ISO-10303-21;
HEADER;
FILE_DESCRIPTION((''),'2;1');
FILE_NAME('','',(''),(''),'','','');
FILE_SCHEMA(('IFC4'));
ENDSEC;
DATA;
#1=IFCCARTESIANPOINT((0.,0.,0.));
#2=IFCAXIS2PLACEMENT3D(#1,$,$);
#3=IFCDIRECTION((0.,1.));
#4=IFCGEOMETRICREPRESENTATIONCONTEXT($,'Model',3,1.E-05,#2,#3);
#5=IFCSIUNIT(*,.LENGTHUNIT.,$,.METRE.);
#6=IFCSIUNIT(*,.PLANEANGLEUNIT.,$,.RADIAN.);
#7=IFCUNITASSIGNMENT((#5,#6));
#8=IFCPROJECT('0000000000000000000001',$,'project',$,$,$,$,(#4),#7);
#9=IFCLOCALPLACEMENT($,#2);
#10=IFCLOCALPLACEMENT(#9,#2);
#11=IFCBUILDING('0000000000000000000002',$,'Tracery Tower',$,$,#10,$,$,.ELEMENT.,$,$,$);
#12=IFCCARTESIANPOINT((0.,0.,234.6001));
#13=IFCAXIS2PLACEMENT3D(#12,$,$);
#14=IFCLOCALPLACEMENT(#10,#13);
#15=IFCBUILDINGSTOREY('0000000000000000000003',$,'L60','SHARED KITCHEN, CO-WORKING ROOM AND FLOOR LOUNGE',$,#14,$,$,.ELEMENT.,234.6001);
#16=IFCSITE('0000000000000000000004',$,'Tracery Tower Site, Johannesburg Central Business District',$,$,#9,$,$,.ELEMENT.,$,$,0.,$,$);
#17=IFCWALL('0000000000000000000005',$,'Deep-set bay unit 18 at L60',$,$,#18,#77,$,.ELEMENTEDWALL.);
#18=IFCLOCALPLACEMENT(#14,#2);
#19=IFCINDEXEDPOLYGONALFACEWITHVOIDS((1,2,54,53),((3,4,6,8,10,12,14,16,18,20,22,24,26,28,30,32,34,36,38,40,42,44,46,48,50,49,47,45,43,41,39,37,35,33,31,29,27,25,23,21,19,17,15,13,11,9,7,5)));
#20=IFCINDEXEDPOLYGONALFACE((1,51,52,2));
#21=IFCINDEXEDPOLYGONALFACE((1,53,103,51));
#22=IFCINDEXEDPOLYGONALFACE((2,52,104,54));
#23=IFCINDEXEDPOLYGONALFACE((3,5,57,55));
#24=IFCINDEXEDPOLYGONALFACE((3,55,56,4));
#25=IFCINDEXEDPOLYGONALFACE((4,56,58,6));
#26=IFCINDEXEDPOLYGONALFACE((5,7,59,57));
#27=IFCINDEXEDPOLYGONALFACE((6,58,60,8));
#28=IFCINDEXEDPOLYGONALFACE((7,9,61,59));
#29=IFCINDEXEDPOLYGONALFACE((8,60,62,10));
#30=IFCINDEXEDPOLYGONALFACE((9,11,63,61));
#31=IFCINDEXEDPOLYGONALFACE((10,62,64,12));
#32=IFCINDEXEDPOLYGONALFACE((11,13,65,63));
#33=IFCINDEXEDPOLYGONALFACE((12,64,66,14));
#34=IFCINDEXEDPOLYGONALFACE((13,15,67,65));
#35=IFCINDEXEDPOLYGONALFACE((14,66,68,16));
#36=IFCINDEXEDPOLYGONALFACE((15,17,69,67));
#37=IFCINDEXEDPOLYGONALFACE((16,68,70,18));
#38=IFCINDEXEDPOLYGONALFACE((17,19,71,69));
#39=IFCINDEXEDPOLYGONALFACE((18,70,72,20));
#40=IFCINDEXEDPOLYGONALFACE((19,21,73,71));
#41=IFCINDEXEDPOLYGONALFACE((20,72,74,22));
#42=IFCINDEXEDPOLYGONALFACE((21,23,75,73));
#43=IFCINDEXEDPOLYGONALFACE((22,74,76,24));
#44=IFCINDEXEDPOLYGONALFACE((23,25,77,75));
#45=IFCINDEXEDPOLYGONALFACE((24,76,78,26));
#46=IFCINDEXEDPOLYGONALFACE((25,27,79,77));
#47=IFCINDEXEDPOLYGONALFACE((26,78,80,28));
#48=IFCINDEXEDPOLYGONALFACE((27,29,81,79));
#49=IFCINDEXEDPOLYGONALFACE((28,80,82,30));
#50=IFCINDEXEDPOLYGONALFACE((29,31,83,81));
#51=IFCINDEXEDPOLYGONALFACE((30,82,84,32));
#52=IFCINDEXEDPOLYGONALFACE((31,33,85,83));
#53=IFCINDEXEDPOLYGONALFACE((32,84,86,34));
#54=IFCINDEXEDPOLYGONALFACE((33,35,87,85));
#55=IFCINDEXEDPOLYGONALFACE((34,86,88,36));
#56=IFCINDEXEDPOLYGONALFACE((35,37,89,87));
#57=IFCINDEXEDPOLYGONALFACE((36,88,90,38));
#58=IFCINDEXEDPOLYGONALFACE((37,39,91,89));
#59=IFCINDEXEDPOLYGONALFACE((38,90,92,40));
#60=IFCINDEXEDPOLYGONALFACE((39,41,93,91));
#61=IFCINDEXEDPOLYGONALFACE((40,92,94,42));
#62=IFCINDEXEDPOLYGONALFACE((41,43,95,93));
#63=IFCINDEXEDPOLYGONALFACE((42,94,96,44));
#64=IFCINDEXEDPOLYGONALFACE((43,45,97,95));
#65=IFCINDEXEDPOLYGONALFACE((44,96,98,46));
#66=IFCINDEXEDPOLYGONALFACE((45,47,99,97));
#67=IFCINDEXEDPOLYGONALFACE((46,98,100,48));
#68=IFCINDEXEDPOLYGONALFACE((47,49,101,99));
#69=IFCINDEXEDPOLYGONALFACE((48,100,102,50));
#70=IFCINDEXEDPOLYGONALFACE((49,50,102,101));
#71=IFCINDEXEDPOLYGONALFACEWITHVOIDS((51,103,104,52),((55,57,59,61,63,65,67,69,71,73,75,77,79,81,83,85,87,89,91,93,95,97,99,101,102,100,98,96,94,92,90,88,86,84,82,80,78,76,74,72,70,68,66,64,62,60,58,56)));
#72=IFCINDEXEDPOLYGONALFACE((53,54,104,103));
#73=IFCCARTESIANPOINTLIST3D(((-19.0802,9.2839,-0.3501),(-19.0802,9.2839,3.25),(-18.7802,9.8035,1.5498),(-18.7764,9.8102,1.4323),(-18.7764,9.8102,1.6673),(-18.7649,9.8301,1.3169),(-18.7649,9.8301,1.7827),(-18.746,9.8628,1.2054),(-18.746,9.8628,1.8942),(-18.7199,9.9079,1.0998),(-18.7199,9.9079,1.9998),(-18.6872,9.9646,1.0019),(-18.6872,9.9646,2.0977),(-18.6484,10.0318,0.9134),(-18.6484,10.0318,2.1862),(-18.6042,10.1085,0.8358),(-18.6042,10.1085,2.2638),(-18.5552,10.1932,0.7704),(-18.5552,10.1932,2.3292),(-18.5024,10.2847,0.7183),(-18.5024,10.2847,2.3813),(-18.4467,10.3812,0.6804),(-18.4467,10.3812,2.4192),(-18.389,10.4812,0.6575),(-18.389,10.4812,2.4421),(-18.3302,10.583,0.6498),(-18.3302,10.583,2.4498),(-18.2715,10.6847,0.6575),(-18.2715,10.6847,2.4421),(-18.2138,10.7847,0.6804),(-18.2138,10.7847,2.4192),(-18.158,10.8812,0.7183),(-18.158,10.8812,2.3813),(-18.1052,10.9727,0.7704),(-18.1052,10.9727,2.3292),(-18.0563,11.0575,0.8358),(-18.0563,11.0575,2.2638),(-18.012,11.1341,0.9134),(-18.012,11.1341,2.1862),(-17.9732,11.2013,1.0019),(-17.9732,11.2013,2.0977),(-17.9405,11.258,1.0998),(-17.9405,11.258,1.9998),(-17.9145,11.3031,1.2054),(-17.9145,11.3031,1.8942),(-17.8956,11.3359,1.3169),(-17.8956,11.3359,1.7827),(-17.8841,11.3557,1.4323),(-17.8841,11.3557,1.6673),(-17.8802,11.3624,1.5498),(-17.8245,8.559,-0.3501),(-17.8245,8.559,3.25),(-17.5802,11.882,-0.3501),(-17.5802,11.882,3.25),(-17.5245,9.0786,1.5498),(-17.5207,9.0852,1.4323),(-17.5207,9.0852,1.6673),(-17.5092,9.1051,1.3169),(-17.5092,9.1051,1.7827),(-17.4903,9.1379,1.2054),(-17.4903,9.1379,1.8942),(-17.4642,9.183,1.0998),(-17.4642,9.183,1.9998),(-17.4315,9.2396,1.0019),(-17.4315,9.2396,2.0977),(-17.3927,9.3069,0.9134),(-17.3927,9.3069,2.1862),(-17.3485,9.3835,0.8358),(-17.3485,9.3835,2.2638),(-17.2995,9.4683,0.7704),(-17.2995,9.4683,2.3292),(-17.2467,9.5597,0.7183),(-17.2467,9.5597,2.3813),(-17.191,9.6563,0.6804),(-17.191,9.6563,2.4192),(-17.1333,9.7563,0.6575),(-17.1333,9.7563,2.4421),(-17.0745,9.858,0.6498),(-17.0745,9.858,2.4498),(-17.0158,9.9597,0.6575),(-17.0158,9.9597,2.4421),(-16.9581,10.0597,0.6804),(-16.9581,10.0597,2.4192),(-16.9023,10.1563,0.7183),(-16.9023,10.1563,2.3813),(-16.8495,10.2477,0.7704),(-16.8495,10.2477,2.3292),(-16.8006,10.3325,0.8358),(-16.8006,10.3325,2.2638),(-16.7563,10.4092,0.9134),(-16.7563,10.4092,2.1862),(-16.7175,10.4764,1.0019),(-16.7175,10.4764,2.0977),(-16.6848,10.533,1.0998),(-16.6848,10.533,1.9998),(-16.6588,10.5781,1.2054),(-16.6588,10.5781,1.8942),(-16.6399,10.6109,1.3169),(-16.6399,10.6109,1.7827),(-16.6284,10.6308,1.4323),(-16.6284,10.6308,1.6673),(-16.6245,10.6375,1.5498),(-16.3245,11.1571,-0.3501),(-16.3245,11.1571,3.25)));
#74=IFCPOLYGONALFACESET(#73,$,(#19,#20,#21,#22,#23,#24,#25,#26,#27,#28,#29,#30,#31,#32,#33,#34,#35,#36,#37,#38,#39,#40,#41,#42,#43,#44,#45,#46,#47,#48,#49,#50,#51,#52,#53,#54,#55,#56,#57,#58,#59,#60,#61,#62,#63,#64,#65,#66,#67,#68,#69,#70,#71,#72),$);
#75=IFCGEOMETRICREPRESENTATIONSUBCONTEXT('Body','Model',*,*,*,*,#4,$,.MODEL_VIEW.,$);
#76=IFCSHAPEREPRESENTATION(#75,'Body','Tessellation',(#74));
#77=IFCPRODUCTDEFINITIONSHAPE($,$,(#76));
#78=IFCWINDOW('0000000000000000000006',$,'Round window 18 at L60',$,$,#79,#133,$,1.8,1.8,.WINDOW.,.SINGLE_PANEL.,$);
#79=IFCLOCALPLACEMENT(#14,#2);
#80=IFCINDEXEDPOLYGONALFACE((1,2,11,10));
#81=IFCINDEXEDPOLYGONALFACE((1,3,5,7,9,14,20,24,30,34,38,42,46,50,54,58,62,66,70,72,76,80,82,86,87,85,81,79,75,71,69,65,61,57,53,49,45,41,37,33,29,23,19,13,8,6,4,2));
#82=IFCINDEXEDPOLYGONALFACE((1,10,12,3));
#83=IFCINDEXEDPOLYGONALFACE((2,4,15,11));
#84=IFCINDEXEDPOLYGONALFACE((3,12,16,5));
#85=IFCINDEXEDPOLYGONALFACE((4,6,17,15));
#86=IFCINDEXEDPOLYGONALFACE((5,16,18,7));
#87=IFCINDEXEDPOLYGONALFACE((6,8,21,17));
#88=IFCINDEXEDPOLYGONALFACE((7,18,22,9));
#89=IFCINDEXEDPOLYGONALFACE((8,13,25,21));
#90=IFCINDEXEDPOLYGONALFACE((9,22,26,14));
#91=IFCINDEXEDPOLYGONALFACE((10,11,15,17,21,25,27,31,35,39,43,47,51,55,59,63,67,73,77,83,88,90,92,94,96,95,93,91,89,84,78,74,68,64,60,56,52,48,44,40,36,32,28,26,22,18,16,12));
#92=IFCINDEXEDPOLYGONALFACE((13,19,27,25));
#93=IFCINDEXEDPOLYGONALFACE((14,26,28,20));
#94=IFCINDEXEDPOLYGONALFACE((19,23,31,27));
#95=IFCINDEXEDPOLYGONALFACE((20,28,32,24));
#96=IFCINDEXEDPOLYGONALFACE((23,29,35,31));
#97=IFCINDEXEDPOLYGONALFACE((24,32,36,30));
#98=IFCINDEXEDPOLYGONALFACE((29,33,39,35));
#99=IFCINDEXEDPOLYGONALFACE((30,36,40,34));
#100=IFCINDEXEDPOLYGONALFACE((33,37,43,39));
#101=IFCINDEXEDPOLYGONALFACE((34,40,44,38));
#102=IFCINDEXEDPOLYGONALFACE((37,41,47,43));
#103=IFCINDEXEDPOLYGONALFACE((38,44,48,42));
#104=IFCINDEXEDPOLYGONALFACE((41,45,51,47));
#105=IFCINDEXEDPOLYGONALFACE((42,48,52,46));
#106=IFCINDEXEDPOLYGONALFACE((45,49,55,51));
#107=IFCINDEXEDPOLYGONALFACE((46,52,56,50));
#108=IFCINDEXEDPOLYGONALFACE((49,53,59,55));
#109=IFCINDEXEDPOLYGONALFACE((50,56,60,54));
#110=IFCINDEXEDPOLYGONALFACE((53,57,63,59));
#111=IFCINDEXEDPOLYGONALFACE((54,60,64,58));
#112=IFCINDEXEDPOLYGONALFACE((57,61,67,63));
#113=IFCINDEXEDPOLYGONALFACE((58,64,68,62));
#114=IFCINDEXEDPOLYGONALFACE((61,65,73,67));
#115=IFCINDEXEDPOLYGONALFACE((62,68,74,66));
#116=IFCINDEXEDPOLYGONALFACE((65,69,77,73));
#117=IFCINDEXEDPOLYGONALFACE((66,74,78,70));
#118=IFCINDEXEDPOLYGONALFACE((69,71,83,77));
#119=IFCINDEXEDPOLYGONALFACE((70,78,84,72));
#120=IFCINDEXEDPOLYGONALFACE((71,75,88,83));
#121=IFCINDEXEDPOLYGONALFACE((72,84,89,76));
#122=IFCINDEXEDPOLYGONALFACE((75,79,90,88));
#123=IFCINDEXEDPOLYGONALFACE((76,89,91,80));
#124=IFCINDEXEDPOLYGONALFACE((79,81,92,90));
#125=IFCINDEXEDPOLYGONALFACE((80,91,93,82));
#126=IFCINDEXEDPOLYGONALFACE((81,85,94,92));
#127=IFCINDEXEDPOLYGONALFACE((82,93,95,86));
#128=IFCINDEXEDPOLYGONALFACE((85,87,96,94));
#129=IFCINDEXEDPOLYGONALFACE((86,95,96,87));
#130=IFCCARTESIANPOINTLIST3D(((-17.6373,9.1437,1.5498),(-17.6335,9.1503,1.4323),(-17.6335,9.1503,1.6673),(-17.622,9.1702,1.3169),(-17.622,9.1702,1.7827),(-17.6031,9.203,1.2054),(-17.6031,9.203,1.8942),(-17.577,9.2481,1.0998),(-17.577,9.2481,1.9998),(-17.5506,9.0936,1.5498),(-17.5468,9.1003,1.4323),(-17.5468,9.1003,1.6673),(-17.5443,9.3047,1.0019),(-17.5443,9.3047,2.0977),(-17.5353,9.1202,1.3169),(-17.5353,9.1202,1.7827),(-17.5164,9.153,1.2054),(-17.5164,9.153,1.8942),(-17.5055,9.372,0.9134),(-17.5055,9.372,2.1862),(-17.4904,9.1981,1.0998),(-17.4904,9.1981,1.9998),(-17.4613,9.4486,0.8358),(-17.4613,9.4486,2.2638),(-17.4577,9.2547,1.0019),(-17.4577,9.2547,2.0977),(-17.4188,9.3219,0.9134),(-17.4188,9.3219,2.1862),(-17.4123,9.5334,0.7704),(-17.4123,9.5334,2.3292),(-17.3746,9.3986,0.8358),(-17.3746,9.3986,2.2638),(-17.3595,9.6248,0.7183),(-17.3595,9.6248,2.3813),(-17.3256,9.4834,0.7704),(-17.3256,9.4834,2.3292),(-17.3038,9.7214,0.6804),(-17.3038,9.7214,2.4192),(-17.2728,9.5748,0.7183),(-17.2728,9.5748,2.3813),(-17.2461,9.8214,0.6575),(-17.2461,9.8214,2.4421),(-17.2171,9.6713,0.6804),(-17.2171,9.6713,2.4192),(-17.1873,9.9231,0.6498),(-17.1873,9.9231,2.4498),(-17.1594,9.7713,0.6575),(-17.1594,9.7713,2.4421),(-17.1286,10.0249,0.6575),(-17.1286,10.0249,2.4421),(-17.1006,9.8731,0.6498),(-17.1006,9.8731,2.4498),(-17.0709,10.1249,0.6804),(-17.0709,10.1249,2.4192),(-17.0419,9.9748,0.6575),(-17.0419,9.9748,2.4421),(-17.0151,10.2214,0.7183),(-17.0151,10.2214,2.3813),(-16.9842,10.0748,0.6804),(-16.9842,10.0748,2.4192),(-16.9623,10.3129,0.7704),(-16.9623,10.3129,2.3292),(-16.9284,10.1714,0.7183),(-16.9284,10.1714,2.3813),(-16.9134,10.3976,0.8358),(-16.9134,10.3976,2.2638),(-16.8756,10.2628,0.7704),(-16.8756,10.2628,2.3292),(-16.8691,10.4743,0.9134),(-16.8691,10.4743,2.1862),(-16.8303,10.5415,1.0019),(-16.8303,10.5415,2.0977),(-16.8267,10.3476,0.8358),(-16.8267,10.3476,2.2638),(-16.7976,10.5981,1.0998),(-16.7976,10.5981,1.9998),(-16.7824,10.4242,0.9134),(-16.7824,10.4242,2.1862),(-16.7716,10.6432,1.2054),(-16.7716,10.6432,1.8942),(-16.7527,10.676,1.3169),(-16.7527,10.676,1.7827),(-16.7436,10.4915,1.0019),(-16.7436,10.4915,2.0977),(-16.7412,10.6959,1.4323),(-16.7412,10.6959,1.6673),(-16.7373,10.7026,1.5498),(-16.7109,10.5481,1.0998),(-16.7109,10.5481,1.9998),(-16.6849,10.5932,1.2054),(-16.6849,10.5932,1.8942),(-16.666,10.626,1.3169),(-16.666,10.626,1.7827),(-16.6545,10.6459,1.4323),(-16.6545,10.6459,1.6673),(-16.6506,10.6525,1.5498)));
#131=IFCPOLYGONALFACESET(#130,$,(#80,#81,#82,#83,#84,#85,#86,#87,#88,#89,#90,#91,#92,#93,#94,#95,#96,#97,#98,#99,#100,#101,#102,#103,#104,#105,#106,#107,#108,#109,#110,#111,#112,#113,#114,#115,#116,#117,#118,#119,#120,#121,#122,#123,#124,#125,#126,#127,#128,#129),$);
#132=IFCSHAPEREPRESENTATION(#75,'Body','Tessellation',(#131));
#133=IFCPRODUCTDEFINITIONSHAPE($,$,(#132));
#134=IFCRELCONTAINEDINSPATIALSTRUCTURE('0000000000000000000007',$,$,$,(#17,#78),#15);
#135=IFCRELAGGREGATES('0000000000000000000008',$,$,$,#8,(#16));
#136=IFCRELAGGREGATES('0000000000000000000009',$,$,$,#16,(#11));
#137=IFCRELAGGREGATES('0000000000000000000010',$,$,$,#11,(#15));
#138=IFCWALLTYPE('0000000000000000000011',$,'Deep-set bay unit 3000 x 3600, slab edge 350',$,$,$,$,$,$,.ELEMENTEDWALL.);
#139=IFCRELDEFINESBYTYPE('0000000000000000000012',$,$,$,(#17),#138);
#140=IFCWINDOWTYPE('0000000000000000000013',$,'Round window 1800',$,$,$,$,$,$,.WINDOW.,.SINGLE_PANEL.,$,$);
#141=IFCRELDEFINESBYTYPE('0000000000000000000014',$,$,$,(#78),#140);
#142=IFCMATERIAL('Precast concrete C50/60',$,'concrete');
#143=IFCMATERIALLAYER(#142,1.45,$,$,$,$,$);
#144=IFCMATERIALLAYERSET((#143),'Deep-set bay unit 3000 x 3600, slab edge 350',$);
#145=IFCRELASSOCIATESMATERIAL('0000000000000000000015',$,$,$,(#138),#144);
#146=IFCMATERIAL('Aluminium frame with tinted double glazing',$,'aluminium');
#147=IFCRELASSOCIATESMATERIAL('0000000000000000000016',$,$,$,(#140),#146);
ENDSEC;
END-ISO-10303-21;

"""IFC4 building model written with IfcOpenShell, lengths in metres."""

from ifc_helpers import new_model, si_unit, direction, frame, frame_2d, origin, origin_2d, place, context, subcontext, project, spatial, rectangle, circle, extrude, material, layer, layer_set, type_object, element, fill, save


model = new_model("IFC4")

# Units and contexts
model_context = context("Model", 3, precision=1e-05, world=origin(), true_north=direction((0.0, 1.0)))
body_context = subcontext(model_context, "Body", "Model", "MODEL_VIEW")
ifc_project = project(units=[si_unit("LENGTHUNIT", "METRE"), si_unit("PLANEANGLEUNIT", "RADIAN")], contexts=[model_context])

# Site, building, storey
site_placement = place(None, origin())
site = spatial("IfcSite", under=ifc_project, at=site_placement, Name="Tracery Tower Site, Johannesburg Central Business District", CompositionType="ELEMENT", RefElevation=0.0)
building_placement = place(site_placement, origin())
building = spatial("IfcBuilding", under=site, at=building_placement, Name="Tracery Tower", CompositionType="ELEMENT")
storey_placement = place(building_placement, frame((0.0, 0.0, 234.6001)))
storey = spatial("IfcBuildingStorey", under=building, at=storey_placement, Name="L60", Description="SHARED KITCHEN, CO-WORKING ROOM AND FLOOR LOUNGE", CompositionType="ELEMENT", Elevation=234.6001)

# Wall, opening, window
ifc_material_1 = material(Name="Precast concrete C50/60", Category="concrete")
ifc_layer_1 = layer(ifc_material_1, 1.45)
ifc_layer_set_1 = layer_set([ifc_layer_1], Name="Deep-set bay unit 3000 x 3600, slab edge 350")
wall_type_1 = type_object("IfcWallType", Name="Deep-set bay unit 3000 x 3600, slab edge 350", PredefinedType="ELEMENTEDWALL", material=ifc_layer_set_1)
ifc_material_2 = material(Name="Aluminium frame with tinted double glazing", Category="aluminium")
window_type = type_object("IfcWindowType", Name="Round window 1800", PartitioningType="SINGLE_PANEL", PredefinedType="WINDOW", material=ifc_material_2)
wall_1_placement = place(storey_placement, frame((-16.9524, 11.5195, -0.3501), z_axis=(0.0, 0.0, 1.0), x_axis=(-0.49999, -0.866031, 0.0)))
wall_1 = element("IfcWall", 1, at=wall_1_placement, inside=storey, type_object=wall_type_1, Name="Deep-set bay unit 18 at L60", PredefinedType="ELEMENTEDWALL", context=body_context, shape_type="SweptSolid", body=[
    extrude(rectangle(XDim=3.0, YDim=1.45, at=frame_2d((1.5, 0.0))), origin(), (0.0, 0.0, 1.0), 3.6001),
])
opening_1_placement = place(wall_1_placement, frame((1.5, 0.0, 1.8999)))
opening_1 = element("IfcOpeningElement", 2, at=opening_1_placement, cuts=wall_1, PredefinedType="OPENING", context=body_context, shape_type="SweptSolid", body=[
    extrude(circle(Radius=0.9, at=origin_2d()), frame((0.0, 0.7349, 0.0), z_axis=(0.0, -1.0, 0.0), x_axis=(1.0, 0.0, 0.0)), (0.0, 0.0, 1.0), 1.47),
])
window_1_placement = place(opening_1_placement, origin())
window_1 = element("IfcWindow", 3, at=window_1_placement, inside=storey, type_object=window_type, Name="Round window 18 at L60", OverallHeight=1.8, OverallWidth=1.8, PartitioningType="SINGLE_PANEL", PredefinedType="WINDOW", context=body_context, shape_type="SweptSolid", body=[
    extrude(circle(Radius=0.9, at=origin_2d()), frame((0.0, 0.6948, 0.0), z_axis=(0.0, -1.0, 0.0), x_axis=(1.0, 0.0, 0.0)), (0.0, 0.0, 1.0), 0.1001),
])
fill(opening_1, window_1)

save(model, "model.ifc")
